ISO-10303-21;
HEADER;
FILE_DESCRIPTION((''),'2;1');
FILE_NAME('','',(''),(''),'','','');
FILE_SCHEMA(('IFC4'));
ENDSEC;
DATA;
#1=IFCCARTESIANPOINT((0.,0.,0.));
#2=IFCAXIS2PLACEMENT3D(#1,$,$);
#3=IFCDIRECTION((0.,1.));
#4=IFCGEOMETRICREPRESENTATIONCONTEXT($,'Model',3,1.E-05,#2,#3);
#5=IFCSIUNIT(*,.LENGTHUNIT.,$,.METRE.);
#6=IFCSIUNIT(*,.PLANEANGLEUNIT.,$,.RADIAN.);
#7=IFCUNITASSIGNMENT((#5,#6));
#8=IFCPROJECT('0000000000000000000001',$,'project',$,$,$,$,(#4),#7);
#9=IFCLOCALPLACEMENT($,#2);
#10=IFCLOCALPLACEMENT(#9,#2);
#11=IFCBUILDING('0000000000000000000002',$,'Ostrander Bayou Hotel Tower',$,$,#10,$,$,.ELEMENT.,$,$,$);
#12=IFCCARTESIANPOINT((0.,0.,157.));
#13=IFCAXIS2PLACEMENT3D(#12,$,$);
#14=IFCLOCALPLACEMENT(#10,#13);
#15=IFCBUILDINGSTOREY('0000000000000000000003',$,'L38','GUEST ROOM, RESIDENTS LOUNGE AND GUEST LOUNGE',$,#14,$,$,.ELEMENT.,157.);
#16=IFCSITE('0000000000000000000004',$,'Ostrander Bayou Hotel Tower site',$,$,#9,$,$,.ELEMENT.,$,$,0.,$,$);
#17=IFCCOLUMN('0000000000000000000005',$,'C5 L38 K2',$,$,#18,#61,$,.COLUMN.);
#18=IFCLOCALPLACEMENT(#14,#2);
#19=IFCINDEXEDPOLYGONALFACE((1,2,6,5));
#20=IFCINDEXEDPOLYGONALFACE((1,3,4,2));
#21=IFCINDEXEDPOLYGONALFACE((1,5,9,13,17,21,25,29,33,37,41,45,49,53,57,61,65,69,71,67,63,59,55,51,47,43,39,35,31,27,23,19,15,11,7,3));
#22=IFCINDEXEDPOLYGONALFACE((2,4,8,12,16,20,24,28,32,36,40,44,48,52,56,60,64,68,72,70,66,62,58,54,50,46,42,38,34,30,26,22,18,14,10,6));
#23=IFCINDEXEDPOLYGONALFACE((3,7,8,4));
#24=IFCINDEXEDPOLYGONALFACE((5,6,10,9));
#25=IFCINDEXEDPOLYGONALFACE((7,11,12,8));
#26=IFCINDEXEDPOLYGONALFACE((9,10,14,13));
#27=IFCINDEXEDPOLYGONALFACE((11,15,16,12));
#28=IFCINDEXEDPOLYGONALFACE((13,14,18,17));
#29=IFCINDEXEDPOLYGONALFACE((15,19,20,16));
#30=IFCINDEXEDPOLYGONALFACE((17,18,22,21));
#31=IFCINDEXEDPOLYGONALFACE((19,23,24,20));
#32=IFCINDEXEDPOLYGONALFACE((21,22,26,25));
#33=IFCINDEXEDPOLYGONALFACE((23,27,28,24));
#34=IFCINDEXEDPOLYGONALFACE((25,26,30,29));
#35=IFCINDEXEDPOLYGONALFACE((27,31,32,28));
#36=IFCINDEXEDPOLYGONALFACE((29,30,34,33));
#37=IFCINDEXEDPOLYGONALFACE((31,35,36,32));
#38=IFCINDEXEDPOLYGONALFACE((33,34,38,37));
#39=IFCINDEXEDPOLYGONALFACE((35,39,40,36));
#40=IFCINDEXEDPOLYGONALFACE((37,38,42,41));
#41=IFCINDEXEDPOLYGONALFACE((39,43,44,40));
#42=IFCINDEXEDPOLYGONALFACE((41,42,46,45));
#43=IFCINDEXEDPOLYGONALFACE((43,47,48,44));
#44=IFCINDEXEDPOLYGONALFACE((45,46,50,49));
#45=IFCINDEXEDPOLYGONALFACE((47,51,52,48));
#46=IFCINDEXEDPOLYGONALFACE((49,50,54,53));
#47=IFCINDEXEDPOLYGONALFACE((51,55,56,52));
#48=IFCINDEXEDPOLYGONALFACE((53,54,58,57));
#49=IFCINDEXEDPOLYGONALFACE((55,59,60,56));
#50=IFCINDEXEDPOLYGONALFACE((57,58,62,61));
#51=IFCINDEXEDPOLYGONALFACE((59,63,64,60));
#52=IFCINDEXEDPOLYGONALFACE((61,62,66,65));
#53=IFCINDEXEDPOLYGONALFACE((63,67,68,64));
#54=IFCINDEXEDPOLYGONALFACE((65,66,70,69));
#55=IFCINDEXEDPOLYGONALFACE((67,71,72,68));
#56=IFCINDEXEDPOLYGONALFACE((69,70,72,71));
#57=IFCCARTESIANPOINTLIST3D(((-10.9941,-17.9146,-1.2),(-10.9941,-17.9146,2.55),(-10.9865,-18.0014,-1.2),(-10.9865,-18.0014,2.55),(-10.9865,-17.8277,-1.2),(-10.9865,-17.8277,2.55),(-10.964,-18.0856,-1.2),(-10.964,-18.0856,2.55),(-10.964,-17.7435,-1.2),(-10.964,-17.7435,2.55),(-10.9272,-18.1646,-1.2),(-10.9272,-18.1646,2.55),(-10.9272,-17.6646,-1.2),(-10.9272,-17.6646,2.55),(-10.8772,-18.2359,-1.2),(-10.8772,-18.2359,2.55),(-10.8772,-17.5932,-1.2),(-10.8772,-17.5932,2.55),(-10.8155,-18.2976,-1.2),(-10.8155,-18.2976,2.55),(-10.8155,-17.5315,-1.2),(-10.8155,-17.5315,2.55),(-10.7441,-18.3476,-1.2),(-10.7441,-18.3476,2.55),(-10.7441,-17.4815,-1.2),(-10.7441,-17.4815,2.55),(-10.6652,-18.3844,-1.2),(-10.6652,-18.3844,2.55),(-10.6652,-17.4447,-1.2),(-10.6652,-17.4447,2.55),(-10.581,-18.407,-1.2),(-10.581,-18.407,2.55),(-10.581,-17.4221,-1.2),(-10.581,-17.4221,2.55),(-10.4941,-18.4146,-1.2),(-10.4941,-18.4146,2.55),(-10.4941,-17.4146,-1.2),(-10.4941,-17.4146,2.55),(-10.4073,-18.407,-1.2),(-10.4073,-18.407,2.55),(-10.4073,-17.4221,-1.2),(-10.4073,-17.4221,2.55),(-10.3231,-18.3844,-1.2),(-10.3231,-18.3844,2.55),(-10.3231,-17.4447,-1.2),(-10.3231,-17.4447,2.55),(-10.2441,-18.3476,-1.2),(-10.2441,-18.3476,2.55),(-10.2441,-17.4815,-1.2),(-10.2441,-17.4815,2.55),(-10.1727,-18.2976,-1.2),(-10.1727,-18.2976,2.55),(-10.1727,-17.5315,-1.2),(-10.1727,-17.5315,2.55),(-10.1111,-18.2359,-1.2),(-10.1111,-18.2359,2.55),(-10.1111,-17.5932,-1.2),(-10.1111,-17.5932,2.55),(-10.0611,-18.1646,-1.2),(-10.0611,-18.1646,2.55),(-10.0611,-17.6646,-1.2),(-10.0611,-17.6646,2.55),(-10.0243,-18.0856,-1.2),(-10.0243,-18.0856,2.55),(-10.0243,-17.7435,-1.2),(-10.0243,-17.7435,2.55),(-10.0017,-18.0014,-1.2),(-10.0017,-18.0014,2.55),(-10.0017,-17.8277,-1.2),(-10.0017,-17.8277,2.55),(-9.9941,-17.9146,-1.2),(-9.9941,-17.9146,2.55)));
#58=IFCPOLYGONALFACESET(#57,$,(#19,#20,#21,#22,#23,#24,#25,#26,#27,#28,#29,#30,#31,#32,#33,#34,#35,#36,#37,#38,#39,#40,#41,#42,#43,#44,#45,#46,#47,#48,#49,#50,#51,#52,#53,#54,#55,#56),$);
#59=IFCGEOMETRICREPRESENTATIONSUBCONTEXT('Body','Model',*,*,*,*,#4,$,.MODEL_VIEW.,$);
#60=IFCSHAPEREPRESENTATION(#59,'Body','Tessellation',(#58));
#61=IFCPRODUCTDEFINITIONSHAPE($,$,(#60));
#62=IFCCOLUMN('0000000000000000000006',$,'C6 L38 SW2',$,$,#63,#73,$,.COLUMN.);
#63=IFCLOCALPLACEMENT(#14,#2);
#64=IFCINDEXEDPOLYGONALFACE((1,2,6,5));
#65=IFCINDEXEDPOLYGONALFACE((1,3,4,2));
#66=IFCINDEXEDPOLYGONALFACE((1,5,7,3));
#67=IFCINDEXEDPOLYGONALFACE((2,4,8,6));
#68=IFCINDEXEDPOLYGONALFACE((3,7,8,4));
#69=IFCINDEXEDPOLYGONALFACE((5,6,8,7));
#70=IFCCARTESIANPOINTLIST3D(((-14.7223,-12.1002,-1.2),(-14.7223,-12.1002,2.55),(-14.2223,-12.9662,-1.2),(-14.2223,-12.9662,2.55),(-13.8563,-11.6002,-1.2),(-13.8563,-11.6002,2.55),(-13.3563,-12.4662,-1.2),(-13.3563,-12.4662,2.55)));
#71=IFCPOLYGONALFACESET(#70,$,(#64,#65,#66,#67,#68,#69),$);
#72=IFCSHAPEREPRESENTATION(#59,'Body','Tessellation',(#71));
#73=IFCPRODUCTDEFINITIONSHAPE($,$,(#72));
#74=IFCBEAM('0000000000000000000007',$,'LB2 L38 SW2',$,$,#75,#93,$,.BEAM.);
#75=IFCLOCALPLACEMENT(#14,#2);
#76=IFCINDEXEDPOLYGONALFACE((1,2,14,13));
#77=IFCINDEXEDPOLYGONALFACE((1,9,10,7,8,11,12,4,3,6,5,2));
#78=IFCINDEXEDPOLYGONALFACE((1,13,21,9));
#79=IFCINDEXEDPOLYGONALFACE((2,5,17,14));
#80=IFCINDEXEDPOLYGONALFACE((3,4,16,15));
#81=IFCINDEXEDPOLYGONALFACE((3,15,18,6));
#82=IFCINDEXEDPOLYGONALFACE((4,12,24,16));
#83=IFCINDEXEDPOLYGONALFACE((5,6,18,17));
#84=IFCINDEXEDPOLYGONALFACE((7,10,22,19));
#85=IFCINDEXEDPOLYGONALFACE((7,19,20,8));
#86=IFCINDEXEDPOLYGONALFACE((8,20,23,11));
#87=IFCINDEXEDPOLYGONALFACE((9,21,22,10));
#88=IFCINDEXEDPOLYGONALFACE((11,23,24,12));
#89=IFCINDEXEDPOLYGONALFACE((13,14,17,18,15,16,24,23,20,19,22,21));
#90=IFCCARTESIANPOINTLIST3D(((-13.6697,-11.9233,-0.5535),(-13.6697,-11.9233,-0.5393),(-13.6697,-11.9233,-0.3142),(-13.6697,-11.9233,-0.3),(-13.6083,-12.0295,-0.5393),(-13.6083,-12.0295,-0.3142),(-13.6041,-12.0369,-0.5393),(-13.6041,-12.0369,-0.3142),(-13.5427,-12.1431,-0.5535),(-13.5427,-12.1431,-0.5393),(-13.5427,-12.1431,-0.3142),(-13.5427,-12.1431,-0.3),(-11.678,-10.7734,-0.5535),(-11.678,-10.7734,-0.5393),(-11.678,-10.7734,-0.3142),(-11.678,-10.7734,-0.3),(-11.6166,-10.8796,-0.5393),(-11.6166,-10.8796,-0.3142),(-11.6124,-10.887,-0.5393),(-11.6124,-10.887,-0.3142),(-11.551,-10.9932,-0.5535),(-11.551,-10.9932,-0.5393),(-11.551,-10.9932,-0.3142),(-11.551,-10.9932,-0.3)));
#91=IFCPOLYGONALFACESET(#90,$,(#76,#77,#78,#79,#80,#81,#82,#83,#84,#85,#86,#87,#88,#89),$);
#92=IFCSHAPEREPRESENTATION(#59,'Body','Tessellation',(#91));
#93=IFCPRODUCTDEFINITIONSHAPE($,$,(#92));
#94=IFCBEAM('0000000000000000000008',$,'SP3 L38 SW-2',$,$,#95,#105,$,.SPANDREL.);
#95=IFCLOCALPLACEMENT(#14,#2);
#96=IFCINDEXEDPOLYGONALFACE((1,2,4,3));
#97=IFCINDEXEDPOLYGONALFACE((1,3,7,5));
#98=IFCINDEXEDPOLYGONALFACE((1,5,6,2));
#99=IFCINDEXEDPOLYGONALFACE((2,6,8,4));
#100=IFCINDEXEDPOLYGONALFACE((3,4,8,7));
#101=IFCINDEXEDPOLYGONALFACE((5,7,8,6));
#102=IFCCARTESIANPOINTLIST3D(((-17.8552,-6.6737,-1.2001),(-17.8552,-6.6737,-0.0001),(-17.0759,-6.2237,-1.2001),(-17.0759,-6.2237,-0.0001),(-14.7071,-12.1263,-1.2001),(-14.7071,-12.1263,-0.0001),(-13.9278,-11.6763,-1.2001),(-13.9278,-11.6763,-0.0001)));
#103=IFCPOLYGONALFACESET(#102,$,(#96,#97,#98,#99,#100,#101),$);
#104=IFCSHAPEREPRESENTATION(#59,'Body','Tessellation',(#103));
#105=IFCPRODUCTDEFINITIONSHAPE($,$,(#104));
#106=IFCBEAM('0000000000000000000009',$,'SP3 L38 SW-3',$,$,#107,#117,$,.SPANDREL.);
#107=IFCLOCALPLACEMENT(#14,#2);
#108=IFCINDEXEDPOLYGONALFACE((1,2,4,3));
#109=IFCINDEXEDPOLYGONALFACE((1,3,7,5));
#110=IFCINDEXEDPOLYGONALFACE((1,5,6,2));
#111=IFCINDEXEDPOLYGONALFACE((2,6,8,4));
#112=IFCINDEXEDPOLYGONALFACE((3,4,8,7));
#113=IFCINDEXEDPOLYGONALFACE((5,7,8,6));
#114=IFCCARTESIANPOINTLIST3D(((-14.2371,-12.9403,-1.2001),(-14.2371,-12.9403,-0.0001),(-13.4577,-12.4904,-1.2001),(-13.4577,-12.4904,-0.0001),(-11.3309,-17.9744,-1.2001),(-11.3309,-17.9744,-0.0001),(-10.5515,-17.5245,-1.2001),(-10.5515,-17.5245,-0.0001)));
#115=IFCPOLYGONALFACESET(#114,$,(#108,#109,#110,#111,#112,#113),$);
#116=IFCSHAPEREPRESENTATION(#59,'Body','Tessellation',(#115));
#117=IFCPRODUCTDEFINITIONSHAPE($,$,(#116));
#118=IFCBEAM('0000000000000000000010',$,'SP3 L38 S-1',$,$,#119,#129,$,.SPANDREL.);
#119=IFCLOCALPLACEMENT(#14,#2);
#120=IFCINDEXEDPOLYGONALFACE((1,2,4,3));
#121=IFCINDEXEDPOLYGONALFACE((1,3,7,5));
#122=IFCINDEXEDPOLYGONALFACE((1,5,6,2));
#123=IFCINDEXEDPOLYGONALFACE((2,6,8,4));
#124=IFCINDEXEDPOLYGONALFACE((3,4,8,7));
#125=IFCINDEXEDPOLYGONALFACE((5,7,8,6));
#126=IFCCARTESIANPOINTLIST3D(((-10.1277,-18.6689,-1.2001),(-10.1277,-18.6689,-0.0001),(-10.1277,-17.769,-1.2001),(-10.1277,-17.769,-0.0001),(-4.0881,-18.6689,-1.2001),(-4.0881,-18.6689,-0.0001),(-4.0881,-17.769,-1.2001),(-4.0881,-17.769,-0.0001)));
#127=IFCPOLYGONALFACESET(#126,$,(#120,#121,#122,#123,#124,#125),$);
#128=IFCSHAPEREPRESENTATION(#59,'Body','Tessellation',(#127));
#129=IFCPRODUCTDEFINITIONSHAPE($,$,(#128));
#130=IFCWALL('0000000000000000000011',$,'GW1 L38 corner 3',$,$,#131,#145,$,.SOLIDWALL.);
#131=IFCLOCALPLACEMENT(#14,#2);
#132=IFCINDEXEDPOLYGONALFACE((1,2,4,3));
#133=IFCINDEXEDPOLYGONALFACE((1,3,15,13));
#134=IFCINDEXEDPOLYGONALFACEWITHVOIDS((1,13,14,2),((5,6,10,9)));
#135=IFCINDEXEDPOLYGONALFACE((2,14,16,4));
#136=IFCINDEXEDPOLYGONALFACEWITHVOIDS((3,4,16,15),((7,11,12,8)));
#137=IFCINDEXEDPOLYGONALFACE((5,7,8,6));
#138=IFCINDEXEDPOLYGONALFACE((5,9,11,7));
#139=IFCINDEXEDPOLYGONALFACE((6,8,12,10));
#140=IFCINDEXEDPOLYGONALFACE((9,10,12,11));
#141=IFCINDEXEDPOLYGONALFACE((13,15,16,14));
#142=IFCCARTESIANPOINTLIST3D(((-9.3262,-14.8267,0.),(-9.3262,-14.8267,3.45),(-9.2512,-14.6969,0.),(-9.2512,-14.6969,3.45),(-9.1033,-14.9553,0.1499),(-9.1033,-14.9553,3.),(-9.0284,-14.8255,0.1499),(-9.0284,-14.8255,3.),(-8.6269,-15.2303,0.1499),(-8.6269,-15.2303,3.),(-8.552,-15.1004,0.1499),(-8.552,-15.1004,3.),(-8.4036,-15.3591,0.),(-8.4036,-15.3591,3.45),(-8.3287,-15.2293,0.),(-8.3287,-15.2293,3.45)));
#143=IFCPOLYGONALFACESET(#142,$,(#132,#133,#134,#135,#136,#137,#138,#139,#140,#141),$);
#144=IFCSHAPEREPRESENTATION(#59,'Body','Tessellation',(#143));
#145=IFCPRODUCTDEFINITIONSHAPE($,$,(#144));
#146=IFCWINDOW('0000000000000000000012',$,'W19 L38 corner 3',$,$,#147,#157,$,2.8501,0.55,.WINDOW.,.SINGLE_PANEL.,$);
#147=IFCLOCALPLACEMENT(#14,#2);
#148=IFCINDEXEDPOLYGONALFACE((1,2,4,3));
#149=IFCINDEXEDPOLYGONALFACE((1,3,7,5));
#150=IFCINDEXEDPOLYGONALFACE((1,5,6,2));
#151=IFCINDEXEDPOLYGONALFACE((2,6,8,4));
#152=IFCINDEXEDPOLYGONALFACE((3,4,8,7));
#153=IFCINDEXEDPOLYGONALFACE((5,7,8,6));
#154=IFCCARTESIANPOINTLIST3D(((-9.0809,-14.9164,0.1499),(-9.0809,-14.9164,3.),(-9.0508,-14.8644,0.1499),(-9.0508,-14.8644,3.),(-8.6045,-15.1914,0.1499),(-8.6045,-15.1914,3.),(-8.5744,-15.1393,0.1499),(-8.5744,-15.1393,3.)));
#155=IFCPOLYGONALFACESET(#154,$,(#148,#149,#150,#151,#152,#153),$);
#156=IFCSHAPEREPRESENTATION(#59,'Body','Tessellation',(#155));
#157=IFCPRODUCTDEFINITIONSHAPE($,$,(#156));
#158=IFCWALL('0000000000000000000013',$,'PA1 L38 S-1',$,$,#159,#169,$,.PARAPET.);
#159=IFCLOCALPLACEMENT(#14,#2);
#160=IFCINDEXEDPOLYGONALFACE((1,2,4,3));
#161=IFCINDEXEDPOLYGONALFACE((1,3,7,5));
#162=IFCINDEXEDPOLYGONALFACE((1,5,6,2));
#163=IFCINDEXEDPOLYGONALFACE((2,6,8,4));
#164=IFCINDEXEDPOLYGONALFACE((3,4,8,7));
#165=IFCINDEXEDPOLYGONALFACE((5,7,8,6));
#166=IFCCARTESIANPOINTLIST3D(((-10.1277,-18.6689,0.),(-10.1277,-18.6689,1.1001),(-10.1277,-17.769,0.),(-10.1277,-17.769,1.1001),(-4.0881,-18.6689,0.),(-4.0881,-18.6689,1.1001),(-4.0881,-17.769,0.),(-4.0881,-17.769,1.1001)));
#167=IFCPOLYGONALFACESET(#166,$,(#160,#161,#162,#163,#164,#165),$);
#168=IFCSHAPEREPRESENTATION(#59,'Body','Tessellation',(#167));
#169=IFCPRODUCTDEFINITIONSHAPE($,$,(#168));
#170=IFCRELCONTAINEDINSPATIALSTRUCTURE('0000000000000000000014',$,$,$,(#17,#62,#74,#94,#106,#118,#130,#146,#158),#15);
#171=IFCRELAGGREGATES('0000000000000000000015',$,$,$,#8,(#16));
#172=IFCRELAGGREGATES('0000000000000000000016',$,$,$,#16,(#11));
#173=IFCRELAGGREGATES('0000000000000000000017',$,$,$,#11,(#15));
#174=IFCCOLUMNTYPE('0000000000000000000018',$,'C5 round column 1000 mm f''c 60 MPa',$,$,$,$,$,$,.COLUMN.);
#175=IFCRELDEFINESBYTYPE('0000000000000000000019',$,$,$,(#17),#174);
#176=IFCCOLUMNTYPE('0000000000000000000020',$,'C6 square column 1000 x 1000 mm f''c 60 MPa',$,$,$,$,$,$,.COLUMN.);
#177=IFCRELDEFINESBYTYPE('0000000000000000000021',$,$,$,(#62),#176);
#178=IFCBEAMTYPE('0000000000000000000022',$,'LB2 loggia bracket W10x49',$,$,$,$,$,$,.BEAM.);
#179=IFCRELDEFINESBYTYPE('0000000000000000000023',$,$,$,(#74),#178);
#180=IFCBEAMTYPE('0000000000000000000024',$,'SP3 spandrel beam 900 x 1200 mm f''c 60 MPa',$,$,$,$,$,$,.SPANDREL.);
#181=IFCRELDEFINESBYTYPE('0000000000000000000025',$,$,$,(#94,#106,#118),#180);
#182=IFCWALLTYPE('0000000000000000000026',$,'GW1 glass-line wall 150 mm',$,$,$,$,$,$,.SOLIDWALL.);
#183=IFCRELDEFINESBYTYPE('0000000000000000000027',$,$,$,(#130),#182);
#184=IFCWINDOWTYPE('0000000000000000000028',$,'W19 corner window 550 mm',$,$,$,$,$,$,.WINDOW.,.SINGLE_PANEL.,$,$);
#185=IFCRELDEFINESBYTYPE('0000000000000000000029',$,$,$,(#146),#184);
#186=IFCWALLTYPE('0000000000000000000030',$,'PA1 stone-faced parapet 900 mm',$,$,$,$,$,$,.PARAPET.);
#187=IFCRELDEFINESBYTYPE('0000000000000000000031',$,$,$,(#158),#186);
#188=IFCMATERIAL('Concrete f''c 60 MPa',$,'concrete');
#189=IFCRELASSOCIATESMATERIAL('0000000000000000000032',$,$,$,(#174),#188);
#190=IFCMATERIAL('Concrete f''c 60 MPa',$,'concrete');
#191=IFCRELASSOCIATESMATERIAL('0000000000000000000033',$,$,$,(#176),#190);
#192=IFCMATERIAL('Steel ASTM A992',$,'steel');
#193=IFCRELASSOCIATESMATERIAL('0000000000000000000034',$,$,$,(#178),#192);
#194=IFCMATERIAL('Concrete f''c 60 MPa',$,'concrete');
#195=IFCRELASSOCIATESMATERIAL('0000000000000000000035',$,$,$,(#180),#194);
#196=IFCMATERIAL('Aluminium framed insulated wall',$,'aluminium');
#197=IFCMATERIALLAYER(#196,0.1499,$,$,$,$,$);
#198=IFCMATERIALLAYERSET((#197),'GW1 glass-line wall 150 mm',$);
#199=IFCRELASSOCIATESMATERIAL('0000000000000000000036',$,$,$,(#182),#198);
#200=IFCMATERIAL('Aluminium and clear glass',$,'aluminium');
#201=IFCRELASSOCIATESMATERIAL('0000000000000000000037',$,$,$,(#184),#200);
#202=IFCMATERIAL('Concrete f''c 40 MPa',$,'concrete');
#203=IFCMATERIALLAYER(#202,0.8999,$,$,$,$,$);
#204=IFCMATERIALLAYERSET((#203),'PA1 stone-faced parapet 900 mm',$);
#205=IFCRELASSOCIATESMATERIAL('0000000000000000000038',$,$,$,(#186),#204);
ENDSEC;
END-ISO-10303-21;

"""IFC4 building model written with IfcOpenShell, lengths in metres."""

from ifc_helpers import new_model, si_unit, direction, frame, frame_2d, origin, origin_2d, place, context, subcontext, project, spatial, rectangle, circle, i_section, extrude, material, layer, layer_set, material_profile, profile_set, type_object, element, fill, save


model = new_model("IFC4")

# Units and contexts
model_context = context("Model", 3, precision=1e-05, world=origin(), true_north=direction((0.0, 1.0)))
body_context = subcontext(model_context, "Body", "Model", "MODEL_VIEW")
ifc_project = project(units=[si_unit("LENGTHUNIT", "METRE"), si_unit("PLANEANGLEUNIT", "RADIAN")], contexts=[model_context])

# Site, building, storey
site_placement = place(None, origin())
site = spatial("IfcSite", under=ifc_project, at=site_placement, Name="Ostrander Bayou Hotel Tower site", CompositionType="ELEMENT", RefElevation=0.0)
building_placement = place(site_placement, origin())
building = spatial("IfcBuilding", under=site, at=building_placement, Name="Ostrander Bayou Hotel Tower", CompositionType="ELEMENT")
storey_placement = place(building_placement, frame((0.0, 0.0, 157.0)))
storey = spatial("IfcBuildingStorey", under=building, at=storey_placement, Name="L38", Description="GUEST ROOM, RESIDENTS LOUNGE AND GUEST LOUNGE", CompositionType="ELEMENT", Elevation=157.0)

# Columns
ifc_material_1 = material(Name="Concrete f'c 60 MPa", Category="concrete")
ifc_material_profile_1 = material_profile(ifc_material_1, circle(Radius=0.5, at=origin_2d()))
ifc_profile_set_1 = profile_set([ifc_material_profile_1], Name="Concrete f'c 60 MPa")
column_type_1 = type_object("IfcColumnType", Name="C5 round column 1000 mm f'c 60 MPa", PredefinedType="COLUMN", material=ifc_profile_set_1)
column_1_placement = place(storey_placement, frame((-10.4941, -17.9146, -1.2), z_axis=(0.0, 0.0, 1.0), x_axis=(1.0, 0.0, 0.0)))
element("IfcColumn", 1, at=column_1_placement, inside=storey, type_object=column_type_1, Name="C5 L38 K2", PredefinedType="COLUMN", context=body_context, shape_type="SweptSolid", body=[
    extrude(circle(Radius=0.5, at=origin_2d()), origin(), (0.0, 0.0, 1.0), 3.75),
])
ifc_material_2 = material(Name="Concrete f'c 60 MPa", Category="concrete")
ifc_material_profile_2 = material_profile(ifc_material_2, rectangle(XDim=1.0, YDim=1.0, at=origin_2d()))
ifc_profile_set_2 = profile_set([ifc_material_profile_2], Name="Concrete f'c 60 MPa")
column_type_2 = type_object("IfcColumnType", Name="C6 square column 1000 x 1000 mm f'c 60 MPa", PredefinedType="COLUMN", material=ifc_profile_set_2)
column_2_placement = place(storey_placement, frame((-14.0393, -12.2832, -1.2), z_axis=(0.0, 0.0, 1.0), x_axis=(-0.5, 0.866025, 0.0)))
element("IfcColumn", 2, at=column_2_placement, inside=storey, type_object=column_type_2, Name="C6 L38 SW2", PredefinedType="COLUMN", context=body_context, shape_type="SweptSolid", body=[
    extrude(rectangle(XDim=1.0, YDim=1.0, at=origin_2d()), origin(), (0.0, 0.0, 1.0), 3.75),
])

# Beams
ifc_material_3 = material(Name="Steel ASTM A992", Category="steel")
ifc_material_profile_3 = material_profile(ifc_material_3, i_section(OverallWidth=0.2539, OverallDepth=0.2534, WebThickness=0.0085, FlangeThickness=0.0142, at=origin_2d()))
ifc_profile_set_3 = profile_set([ifc_material_profile_3], Name="Steel ASTM A992")
beam_type_1 = type_object("IfcBeamType", Name="LB2 loggia bracket W10x49", PredefinedType="BEAM", material=ifc_profile_set_3)
beam_1_placement = place(storey_placement, frame((-13.6062, -12.0332, -0.4268), z_axis=(0.866026, 0.499998, 0.0), x_axis=(-0.499998, 0.866026, 0.0)))
element("IfcBeam", 3, at=beam_1_placement, inside=storey, type_object=beam_type_1, Name="LB2 L38 SW2", PredefinedType="BEAM", context=body_context, shape_type="SweptSolid", body=[
    extrude(i_section(OverallWidth=0.2539, OverallDepth=0.2534, WebThickness=0.0085, FlangeThickness=0.0142, at=origin_2d()), origin(), (0.0, 0.0, 1.0), 2.2998),
])
ifc_material_4 = material(Name="Concrete f'c 60 MPa", Category="concrete")
ifc_material_profile_4 = material_profile(ifc_material_4, rectangle(XDim=0.8999, YDim=1.2, at=origin_2d()))
ifc_profile_set_4 = profile_set([ifc_material_profile_4], Name="Concrete f'c 60 MPa")
beam_type_2 = type_object("IfcBeamType", Name="SP3 spandrel beam 900 x 1200 mm f'c 60 MPa", PredefinedType="SPANDREL", material=ifc_profile_set_4)
beam_2_placement = place(storey_placement, frame((-17.4656, -6.4487, -0.6001), z_axis=(0.500013, -0.866018, 0.0), x_axis=(0.866018, 0.500013, 0.0)))
element("IfcBeam", 4, at=beam_2_placement, inside=storey, type_object=beam_type_2, Name="SP3 L38 SW-2", PredefinedType="SPANDREL", context=body_context, shape_type="SweptSolid", body=[
    extrude(rectangle(XDim=0.8999, YDim=1.2, at=origin_2d()), origin(), (0.0, 0.0, 1.0), 6.2961),
])
beam_3_placement = place(storey_placement, frame((-13.8474, -12.7153, -0.6001), z_axis=(0.49997, -0.866043, 0.0), x_axis=(0.866043, 0.49997, 0.0)))
element("IfcBeam", 5, at=beam_3_placement, inside=storey, type_object=beam_type_2, Name="SP3 L38 SW-3", PredefinedType="SPANDREL", context=body_context, shape_type="SweptSolid", body=[
    extrude(rectangle(XDim=0.8999, YDim=1.2, at=origin_2d()), origin(), (0.0, 0.0, 1.0), 5.8127),
])
beam_4_placement = place(storey_placement, frame((-10.1277, -18.219, -0.6001), z_axis=(1.0, 0.0, 0.0), x_axis=(0.0, 1.0, 0.0)))
element("IfcBeam", 6, at=beam_4_placement, inside=storey, type_object=beam_type_2, Name="SP3 L38 S-1", PredefinedType="SPANDREL", context=body_context, shape_type="SweptSolid", body=[
    extrude(rectangle(XDim=0.8999, YDim=1.2, at=origin_2d()), origin(), (0.0, 0.0, 1.0), 6.0396),
])

# Wall, opening, window
ifc_material_5 = material(Name="Aluminium framed insulated wall", Category="aluminium")
ifc_layer_1 = layer(ifc_material_5, 0.1499)
ifc_layer_set_1 = layer_set([ifc_layer_1], Name="GW1 glass-line wall 150 mm")
wall_type_1 = type_object("IfcWallType", Name="GW1 glass-line wall 150 mm", PredefinedType="SOLIDWALL", material=ifc_layer_set_1)
wall_1_placement = place(storey_placement, frame((-9.2888, -14.7617, 0.0), z_axis=(0.0, 0.0, 1.0), x_axis=(0.866105, -0.499861, 0.0)))
wall_1 = element("IfcWall", 7, at=wall_1_placement, inside=storey, type_object=wall_type_1, Name="GW1 L38 corner 3", PredefinedType="SOLIDWALL", context=body_context, shape_type="SweptSolid", body=[
    extrude(rectangle(XDim=1.0652, YDim=0.1499, at=frame_2d((0.5327, 0.0))), origin(), (0.0, 0.0, 1.0), 3.45),
])
opening_placement = place(wall_1_placement, frame((0.2576, 0.0, 0.1499)))
opening = element("IfcOpeningElement", 8, at=opening_placement, cuts=wall_1, PredefinedType="OPENING", context=body_context, shape_type="SweptSolid", body=[
    extrude(rectangle(XDim=0.55, YDim=2.8501, at=frame_2d((0.2749, 1.425))), frame((0.0, 0.075, 0.0), z_axis=(0.0, -1.0, 0.0), x_axis=(1.0, 0.0, 0.0)), (0.0, 0.0, 1.0), 0.1499),
])
ifc_material_6 = material(Name="Aluminium and clear glass", Category="aluminium")
window_type = type_object("IfcWindowType", Name="W19 corner window 550 mm", PartitioningType="SINGLE_PANEL", PredefinedType="WINDOW", material=ifc_material_6)
window_placement = place(opening_placement, origin())
window = element("IfcWindow", 9, at=window_placement, inside=storey, type_object=window_type, Name="W19 L38 corner 3", OverallHeight=2.8501, OverallWidth=0.55, PartitioningType="SINGLE_PANEL", PredefinedType="WINDOW", context=body_context, shape_type="SweptSolid", body=[
    extrude(rectangle(XDim=0.55, YDim=2.8501, at=frame_2d((0.2749, 1.425))), frame((0.0, 0.03, 0.0), z_axis=(0.0, -1.0, 0.0), x_axis=(1.0, 0.0, 0.0)), (0.0, 0.0, 1.0), 0.0601),
])
fill(opening, window)

# Wall
ifc_material_7 = material(Name="Concrete f'c 40 MPa", Category="concrete")
ifc_layer_2 = layer(ifc_material_7, 0.8999)
ifc_layer_set_2 = layer_set([ifc_layer_2], Name="PA1 stone-faced parapet 900 mm")
wall_type_2 = type_object("IfcWallType", Name="PA1 stone-faced parapet 900 mm", PredefinedType="PARAPET", material=ifc_layer_set_2)
wall_2_placement = place(storey_placement, frame((-10.1277, -18.219, 0.0), z_axis=(0.0, 0.0, 1.0), x_axis=(1.0, 0.0, 0.0)))
element("IfcWall", 10, at=wall_2_placement, inside=storey, type_object=wall_type_2, Name="PA1 L38 S-1", PredefinedType="PARAPET", context=body_context, shape_type="SweptSolid", body=[
    extrude(rectangle(XDim=6.0396, YDim=0.8999, at=frame_2d((3.0198, 0.0))), origin(), (0.0, 0.0, 1.0), 1.1001),
])

save(model, "model.ifc")
